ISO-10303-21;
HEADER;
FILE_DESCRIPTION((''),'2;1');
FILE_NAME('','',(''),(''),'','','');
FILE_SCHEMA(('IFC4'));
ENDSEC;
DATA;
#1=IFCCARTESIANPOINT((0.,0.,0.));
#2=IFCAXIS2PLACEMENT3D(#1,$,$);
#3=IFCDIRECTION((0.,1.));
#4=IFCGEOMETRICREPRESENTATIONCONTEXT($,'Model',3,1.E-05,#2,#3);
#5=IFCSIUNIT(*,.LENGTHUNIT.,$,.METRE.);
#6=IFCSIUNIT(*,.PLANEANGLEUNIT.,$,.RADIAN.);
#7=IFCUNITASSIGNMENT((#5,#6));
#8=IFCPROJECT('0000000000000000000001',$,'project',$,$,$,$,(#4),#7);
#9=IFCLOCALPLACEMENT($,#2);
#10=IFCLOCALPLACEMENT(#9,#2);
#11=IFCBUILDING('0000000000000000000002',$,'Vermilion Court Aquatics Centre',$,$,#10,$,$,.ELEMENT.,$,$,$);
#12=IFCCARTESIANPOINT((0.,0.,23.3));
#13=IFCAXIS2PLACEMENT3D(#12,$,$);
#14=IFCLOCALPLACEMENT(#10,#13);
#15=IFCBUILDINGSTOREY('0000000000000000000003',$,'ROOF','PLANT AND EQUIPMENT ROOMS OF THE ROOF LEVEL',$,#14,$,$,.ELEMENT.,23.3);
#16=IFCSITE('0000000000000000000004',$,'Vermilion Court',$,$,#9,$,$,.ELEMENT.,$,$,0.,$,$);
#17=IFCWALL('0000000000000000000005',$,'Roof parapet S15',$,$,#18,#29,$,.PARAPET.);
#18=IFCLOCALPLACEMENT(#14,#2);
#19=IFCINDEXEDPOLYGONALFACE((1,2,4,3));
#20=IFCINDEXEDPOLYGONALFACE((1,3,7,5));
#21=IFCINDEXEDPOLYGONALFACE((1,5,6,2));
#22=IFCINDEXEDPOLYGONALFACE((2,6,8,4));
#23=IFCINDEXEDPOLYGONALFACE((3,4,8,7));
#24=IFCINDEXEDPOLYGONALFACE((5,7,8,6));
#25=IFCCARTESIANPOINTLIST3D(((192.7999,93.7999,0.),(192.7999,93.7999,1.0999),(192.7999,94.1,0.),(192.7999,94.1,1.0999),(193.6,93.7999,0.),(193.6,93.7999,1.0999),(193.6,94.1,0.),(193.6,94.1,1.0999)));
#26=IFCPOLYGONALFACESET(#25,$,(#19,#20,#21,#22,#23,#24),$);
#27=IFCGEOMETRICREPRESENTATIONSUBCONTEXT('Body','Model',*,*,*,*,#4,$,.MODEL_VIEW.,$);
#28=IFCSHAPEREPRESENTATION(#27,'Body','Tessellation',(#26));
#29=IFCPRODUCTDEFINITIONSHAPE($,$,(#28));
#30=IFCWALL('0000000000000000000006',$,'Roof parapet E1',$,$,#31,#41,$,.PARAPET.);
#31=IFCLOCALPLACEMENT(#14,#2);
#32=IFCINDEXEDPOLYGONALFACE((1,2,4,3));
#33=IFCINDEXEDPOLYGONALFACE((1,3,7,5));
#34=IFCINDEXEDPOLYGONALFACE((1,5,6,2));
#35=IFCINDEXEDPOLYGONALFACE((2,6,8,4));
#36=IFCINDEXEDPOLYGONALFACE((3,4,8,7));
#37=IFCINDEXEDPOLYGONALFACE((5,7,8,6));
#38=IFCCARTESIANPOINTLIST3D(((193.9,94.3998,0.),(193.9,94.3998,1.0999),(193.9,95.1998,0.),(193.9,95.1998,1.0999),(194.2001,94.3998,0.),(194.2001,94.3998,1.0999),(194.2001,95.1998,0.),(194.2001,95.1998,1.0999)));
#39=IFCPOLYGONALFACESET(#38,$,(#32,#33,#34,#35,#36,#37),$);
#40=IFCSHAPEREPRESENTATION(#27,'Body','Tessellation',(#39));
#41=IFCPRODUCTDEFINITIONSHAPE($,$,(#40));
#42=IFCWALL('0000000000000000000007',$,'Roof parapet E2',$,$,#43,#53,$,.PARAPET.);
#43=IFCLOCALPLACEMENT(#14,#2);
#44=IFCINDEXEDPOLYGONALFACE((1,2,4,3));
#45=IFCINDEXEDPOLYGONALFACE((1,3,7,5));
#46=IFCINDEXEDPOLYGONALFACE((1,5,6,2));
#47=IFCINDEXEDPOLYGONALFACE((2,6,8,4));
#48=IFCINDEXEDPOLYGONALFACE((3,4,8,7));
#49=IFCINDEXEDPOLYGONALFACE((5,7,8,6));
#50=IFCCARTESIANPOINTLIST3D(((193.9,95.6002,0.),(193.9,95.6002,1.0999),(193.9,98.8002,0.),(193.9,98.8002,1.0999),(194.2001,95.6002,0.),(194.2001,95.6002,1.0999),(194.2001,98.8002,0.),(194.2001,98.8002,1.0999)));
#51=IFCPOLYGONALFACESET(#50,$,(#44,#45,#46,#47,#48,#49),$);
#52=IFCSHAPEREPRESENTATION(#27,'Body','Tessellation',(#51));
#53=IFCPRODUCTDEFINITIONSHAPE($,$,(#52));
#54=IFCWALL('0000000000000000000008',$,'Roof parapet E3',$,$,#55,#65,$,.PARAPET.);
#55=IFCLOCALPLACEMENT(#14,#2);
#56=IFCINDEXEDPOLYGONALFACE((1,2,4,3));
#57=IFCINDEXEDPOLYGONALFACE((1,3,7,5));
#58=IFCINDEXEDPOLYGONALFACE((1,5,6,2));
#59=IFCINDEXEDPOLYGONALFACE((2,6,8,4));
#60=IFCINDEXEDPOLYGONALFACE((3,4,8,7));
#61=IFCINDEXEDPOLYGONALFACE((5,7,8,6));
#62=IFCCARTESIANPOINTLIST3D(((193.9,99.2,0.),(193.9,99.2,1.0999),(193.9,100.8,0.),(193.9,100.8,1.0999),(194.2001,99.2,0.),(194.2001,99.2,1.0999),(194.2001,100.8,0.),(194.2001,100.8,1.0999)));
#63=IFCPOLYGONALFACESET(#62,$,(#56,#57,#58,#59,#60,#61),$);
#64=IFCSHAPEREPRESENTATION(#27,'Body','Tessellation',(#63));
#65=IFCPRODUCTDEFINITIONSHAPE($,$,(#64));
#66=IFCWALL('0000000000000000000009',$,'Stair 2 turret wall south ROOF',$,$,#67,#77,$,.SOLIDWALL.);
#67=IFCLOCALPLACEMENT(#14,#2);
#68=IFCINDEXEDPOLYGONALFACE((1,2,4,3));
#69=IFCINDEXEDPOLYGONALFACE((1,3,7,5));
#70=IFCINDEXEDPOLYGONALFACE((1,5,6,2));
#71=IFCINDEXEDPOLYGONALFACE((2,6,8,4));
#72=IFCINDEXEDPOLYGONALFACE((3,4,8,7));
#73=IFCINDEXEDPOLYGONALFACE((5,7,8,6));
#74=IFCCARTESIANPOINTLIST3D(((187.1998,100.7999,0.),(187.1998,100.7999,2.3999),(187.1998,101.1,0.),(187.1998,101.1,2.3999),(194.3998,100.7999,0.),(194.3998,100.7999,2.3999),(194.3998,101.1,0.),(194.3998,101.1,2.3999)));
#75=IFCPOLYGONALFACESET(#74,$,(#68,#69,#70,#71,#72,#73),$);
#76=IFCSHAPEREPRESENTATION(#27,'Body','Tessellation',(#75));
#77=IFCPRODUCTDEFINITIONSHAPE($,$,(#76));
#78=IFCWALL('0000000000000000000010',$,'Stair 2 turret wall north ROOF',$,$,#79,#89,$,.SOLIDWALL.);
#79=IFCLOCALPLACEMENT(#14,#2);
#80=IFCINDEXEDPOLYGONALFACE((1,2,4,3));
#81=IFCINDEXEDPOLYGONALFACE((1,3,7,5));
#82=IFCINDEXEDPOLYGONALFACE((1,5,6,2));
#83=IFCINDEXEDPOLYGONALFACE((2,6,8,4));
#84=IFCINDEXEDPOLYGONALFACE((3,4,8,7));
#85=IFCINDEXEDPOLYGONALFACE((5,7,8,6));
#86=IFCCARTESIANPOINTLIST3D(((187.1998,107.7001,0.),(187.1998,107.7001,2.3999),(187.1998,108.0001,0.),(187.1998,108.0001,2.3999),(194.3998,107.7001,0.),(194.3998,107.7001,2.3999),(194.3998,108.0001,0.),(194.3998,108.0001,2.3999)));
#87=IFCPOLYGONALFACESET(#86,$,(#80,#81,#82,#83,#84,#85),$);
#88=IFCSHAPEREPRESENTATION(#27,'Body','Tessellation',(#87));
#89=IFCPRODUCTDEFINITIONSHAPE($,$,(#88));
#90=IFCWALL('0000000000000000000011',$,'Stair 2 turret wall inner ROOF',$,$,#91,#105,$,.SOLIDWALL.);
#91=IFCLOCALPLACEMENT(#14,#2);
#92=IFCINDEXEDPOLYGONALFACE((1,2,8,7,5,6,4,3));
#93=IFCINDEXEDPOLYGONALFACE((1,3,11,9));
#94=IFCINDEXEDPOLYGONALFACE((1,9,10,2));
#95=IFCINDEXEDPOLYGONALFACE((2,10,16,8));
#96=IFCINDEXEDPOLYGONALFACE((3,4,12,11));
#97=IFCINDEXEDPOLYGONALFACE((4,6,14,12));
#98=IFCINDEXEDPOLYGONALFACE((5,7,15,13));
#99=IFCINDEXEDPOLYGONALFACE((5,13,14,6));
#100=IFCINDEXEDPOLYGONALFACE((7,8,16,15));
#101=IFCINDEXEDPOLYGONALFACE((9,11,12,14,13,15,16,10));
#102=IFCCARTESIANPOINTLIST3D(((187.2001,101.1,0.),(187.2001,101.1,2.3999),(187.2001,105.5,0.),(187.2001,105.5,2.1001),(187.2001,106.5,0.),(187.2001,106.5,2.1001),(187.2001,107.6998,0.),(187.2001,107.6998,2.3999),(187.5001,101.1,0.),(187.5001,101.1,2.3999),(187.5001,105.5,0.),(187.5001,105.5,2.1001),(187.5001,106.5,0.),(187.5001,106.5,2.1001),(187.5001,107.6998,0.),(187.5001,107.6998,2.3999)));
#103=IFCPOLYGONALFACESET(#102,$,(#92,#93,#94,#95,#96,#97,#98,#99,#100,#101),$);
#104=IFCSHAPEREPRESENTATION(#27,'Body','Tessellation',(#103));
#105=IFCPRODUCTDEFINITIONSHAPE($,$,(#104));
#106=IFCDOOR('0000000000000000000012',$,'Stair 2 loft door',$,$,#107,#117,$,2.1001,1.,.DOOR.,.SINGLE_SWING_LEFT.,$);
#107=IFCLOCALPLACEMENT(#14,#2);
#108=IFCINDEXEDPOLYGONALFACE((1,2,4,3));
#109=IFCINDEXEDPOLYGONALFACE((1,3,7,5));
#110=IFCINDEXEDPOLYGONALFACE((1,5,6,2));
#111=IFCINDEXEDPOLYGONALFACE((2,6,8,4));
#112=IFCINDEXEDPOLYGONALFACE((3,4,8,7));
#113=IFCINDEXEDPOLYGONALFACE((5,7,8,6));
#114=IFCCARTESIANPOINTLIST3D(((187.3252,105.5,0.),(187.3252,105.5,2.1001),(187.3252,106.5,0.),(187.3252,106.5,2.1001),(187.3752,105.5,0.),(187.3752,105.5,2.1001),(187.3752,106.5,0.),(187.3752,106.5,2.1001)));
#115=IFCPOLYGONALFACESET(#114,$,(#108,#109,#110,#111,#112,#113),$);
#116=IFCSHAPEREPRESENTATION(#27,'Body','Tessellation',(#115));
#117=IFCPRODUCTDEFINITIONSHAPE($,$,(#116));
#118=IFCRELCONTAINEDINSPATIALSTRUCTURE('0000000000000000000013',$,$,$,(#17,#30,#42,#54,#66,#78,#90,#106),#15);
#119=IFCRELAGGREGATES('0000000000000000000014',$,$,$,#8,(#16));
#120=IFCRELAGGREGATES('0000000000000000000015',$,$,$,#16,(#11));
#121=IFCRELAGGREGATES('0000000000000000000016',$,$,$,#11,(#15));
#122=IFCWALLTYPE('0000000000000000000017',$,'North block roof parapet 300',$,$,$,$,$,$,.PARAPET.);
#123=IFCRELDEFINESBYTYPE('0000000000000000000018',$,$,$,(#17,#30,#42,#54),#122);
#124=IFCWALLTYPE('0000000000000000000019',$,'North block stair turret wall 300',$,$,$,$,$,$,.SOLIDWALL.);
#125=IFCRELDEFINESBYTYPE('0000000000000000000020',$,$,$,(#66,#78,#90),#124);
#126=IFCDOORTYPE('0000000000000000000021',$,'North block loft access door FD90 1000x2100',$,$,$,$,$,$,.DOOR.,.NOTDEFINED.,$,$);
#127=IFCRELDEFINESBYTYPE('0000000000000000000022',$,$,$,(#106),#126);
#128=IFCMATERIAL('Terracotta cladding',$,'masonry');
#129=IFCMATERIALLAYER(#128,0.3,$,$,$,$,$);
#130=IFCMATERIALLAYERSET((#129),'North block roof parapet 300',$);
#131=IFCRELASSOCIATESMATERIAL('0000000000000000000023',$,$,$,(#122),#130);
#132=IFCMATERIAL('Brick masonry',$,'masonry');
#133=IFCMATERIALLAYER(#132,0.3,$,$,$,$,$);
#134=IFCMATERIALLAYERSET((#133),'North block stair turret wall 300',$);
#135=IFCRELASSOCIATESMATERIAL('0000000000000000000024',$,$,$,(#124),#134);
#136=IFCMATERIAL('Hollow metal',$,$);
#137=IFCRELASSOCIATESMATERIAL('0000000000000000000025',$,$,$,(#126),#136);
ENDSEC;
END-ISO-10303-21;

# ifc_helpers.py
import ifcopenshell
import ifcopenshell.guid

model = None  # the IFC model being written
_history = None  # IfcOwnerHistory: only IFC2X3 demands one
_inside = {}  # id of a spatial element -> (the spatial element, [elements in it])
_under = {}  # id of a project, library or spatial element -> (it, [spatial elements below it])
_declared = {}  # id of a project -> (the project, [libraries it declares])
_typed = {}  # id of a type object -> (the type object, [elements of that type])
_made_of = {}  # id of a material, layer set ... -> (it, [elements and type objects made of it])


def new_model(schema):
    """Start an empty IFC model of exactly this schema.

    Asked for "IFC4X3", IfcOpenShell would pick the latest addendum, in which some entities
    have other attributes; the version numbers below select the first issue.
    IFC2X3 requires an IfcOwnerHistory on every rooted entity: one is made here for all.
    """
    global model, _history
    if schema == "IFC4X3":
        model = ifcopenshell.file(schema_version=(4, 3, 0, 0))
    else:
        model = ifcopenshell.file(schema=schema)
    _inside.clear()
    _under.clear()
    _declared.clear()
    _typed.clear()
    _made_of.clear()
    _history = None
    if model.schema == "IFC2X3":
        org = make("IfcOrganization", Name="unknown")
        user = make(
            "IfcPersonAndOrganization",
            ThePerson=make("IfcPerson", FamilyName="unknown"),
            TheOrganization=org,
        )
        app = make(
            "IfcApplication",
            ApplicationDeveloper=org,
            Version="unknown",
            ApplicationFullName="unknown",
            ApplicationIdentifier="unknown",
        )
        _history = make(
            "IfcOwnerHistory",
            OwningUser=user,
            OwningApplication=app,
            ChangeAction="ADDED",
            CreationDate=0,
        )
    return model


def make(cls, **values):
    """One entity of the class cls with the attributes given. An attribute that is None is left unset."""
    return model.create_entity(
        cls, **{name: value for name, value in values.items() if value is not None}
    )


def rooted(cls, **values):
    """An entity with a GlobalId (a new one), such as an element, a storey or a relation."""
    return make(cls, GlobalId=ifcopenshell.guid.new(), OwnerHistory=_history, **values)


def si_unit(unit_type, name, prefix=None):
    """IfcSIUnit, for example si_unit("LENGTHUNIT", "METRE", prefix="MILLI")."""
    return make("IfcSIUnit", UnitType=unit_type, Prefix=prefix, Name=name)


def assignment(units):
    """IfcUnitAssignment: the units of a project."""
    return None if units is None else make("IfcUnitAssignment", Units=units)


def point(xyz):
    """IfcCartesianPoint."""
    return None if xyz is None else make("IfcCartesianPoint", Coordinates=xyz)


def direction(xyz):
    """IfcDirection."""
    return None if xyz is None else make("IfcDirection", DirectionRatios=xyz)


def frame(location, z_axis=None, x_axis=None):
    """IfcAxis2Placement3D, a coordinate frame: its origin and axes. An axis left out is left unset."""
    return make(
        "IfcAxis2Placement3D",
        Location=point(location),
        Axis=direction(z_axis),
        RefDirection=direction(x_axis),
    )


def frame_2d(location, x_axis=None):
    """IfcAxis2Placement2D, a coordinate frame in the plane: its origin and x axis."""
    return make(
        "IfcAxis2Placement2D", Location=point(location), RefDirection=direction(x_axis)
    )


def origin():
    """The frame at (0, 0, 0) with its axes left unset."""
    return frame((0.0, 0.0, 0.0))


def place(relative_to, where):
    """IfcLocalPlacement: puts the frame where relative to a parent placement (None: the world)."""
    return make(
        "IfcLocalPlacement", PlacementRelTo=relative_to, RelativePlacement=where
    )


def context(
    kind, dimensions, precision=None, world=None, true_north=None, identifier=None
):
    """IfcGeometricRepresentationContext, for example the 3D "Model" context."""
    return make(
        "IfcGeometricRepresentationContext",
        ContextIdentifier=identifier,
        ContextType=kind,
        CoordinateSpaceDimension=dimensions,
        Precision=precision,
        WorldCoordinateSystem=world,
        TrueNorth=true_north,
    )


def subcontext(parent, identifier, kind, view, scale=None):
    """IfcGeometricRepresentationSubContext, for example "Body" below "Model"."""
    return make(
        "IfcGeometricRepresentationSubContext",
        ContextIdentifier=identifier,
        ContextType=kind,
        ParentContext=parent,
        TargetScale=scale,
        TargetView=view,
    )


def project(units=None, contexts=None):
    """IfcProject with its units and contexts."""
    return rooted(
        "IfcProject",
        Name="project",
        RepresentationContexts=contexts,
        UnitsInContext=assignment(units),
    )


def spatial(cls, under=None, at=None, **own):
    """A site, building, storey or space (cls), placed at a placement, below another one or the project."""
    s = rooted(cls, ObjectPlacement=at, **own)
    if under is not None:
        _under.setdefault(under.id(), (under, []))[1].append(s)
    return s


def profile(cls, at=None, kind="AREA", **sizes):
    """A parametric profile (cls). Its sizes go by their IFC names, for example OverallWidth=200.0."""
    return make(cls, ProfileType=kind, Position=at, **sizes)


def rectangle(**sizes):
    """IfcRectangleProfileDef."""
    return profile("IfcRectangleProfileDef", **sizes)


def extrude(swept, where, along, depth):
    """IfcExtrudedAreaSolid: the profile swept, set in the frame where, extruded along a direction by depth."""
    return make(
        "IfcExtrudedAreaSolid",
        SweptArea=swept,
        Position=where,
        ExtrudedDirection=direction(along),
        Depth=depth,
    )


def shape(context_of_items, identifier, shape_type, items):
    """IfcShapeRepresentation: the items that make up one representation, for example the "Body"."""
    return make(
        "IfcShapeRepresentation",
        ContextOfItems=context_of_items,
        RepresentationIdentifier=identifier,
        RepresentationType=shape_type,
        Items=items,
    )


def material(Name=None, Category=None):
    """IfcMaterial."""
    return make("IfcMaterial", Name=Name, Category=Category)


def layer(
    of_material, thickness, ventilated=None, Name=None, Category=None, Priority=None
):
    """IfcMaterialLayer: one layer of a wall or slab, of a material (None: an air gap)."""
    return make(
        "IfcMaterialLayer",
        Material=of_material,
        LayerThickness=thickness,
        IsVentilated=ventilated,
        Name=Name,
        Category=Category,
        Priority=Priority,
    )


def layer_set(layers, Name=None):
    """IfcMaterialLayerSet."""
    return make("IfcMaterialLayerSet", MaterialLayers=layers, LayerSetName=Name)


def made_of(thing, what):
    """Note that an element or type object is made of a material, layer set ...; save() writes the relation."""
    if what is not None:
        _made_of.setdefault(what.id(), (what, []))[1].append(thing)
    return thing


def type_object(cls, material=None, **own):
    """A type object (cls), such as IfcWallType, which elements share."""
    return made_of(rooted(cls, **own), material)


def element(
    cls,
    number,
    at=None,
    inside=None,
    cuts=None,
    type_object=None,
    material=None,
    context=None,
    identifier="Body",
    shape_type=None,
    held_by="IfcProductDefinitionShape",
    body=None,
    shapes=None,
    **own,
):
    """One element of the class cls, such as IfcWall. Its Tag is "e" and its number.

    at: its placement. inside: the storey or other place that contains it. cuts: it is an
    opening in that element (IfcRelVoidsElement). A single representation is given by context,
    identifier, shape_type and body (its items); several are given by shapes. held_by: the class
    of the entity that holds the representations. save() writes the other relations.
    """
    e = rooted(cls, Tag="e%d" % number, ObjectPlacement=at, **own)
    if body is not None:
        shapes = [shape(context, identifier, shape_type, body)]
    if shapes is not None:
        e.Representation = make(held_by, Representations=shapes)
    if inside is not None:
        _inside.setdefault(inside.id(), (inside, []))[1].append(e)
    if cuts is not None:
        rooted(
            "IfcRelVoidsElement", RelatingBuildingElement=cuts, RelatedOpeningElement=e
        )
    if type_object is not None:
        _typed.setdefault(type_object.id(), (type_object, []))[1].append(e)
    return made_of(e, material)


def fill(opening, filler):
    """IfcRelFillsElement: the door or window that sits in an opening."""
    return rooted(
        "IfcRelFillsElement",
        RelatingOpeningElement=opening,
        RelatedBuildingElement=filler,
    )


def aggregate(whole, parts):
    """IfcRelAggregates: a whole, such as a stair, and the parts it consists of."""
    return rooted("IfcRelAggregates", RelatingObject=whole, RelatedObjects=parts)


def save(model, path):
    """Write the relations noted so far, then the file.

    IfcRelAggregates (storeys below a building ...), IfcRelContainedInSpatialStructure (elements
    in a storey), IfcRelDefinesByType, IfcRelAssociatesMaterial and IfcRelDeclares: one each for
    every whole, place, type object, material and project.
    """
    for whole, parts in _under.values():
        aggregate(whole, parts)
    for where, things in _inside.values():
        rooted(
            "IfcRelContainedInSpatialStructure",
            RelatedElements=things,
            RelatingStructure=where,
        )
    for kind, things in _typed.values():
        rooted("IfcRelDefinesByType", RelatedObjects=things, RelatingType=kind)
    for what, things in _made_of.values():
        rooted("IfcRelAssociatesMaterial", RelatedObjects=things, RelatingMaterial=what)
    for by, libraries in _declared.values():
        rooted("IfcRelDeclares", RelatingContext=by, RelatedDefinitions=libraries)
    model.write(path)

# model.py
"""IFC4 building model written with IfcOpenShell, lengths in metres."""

from ifc_helpers import new_model, si_unit, direction, frame, frame_2d, origin, place, context, subcontext, project, spatial, rectangle, extrude, material, layer, layer_set, type_object, element, fill, save


model = new_model("IFC4")

# Units and contexts
model_context = context("Model", 3, precision=1e-05, world=origin(), true_north=direction((0.0, 1.0)))
body_context = subcontext(model_context, "Body", "Model", "MODEL_VIEW")
ifc_project = project(units=[si_unit("LENGTHUNIT", "METRE"), si_unit("PLANEANGLEUNIT", "RADIAN")], contexts=[model_context])

# Site, building, storey
site_placement = place(None, origin())
site = spatial("IfcSite", under=ifc_project, at=site_placement, Name="Vermilion Court", CompositionType="ELEMENT", RefElevation=0.0)
building_placement = place(site_placement, origin())
building = spatial("IfcBuilding", under=site, at=building_placement, Name="Vermilion Court Aquatics Centre", CompositionType="ELEMENT")
storey_placement = place(building_placement, frame((0.0, 0.0, 23.3)))
storey = spatial("IfcBuildingStorey", under=building, at=storey_placement, Name="ROOF", Description="PLANT AND EQUIPMENT ROOMS OF THE ROOF LEVEL", CompositionType="ELEMENT", Elevation=23.3)

# Walls
ifc_material_1 = material(Name="Terracotta cladding", Category="masonry")
ifc_layer_1 = layer(ifc_material_1, 0.3)
ifc_layer_set_1 = layer_set([ifc_layer_1], Name="North block roof parapet 300")
wall_type_1 = type_object("IfcWallType", Name="North block roof parapet 300", PredefinedType="PARAPET", material=ifc_layer_set_1)
for number, where, z_axis, x_axis, name in (
    (1, (192.8, 93.95, 0.0), (0.0, 0.0, 1.0), (1.0, 0.0, 0.0), "Roof parapet S15"),
    (2, (194.05, 94.3999, 0.0), (0.0, 0.0, 1.0), (0.0, 1.0, 0.0), "Roof parapet E1"),
):
    element("IfcWall", number, at=place(storey_placement, frame(where, z_axis=z_axis, x_axis=x_axis)), inside=storey, type_object=wall_type_1, Name=name, PredefinedType="PARAPET", context=body_context, shape_type="SweptSolid", body=[
        extrude(rectangle(XDim=0.8, YDim=0.3, at=frame_2d((0.3999, 0.0))), origin(), (0.0, 0.0, 1.0), 1.0999),
    ])
wall_1_placement = place(storey_placement, frame((194.05, 95.6001, 0.0), z_axis=(0.0, 0.0, 1.0), x_axis=(0.0, 1.0, 0.0)))
element("IfcWall", 3, at=wall_1_placement, inside=storey, type_object=wall_type_1, Name="Roof parapet E2", PredefinedType="PARAPET", context=body_context, shape_type="SweptSolid", body=[
    extrude(rectangle(XDim=3.2, YDim=0.3, at=frame_2d((1.6001, 0.0))), origin(), (0.0, 0.0, 1.0), 1.0999),
])
wall_2_placement = place(storey_placement, frame((194.05, 99.2, 0.0), z_axis=(0.0, 0.0, 1.0), x_axis=(0.0, 1.0, 0.0)))
element("IfcWall", 4, at=wall_2_placement, inside=storey, type_object=wall_type_1, Name="Roof parapet E3", PredefinedType="PARAPET", context=body_context, shape_type="SweptSolid", body=[
    extrude(rectangle(XDim=1.6001, YDim=0.3, at=frame_2d((0.8, 0.0))), origin(), (0.0, 0.0, 1.0), 1.0999),
])
ifc_material_2 = material(Name="Brick masonry", Category="masonry")
ifc_layer_2 = layer(ifc_material_2, 0.3)
ifc_layer_set_2 = layer_set([ifc_layer_2], Name="North block stair turret wall 300")
wall_type_2 = type_object("IfcWallType", Name="North block stair turret wall 300", PredefinedType="SOLIDWALL", material=ifc_layer_set_2)
for number, where, z_axis, x_axis, name in (
    (5, (194.3999, 100.95, 0.0), (0.0, 0.0, 1.0), (-1.0, 0.0, 0.0), "Stair 2 turret wall south ROOF"),
    (6, (194.3999, 107.8501, 0.0), (0.0, 0.0, 1.0), (-1.0, 0.0, 0.0), "Stair 2 turret wall north ROOF"),
):
    element("IfcWall", number, at=place(storey_placement, frame(where, z_axis=z_axis, x_axis=x_axis)), inside=storey, type_object=wall_type_2, Name=name, PredefinedType="SOLIDWALL", context=body_context, shape_type="SweptSolid", body=[
        extrude(rectangle(XDim=7.2, YDim=0.3, at=frame_2d((3.6001, 0.0))), origin(), (0.0, 0.0, 1.0), 2.3999),
    ])

# Wall, opening, door
wall_3_placement = place(storey_placement, frame((187.3501, 101.1001, 0.0), z_axis=(0.0, 0.0, 1.0), x_axis=(0.0, 1.0, 0.0)))
wall_3 = element("IfcWall", 7, at=wall_3_placement, inside=storey, type_object=wall_type_2, Name="Stair 2 turret wall inner ROOF", PredefinedType="SOLIDWALL", context=body_context, shape_type="SweptSolid", body=[
    extrude(rectangle(XDim=6.5999, YDim=0.3, at=frame_2d((3.2998, 0.0))), origin(), (0.0, 0.0, 1.0), 2.3999),
])
opening_placement = place(wall_3_placement, frame((4.3999, 0.0, 0.0)))
opening = element("IfcOpeningElement", 8, at=opening_placement, cuts=wall_3, PredefinedType="OPENING", context=body_context, shape_type="SweptSolid", body=[
    extrude(rectangle(XDim=1.0, YDim=2.1001, at=frame_2d((0.5, 1.05))), frame((0.0, 0.1599, 0.0), z_axis=(0.0, -1.0, 0.0), x_axis=(1.0, 0.0, 0.0)), (0.0, 0.0, 1.0), 0.3201),
])
ifc_material_3 = material(Name="Hollow metal")
door_type = type_object("IfcDoorType", Name="North block loft access door FD90 1000x2100", OperationType="NOTDEFINED", PredefinedType="DOOR", material=ifc_material_3)
door_placement = place(opening_placement, origin())
door = element("IfcDoor", 9, at=door_placement, inside=storey, type_object=door_type, Name="Stair 2 loft door", OperationType="SINGLE_SWING_LEFT", OverallHeight=2.1001, OverallWidth=1.0, PredefinedType="DOOR", context=body_context, shape_type="SweptSolid", body=[
    extrude(rectangle(XDim=1.0, YDim=2.1001, at=frame_2d((0.5, 1.05))), frame((0.0, 0.0249, 0.0), z_axis=(0.0, -1.0, 0.0), x_axis=(1.0, 0.0, 0.0)), (0.0, 0.0, 1.0), 0.05),
])
fill(opening, door)

save(model, "model.ifc")
